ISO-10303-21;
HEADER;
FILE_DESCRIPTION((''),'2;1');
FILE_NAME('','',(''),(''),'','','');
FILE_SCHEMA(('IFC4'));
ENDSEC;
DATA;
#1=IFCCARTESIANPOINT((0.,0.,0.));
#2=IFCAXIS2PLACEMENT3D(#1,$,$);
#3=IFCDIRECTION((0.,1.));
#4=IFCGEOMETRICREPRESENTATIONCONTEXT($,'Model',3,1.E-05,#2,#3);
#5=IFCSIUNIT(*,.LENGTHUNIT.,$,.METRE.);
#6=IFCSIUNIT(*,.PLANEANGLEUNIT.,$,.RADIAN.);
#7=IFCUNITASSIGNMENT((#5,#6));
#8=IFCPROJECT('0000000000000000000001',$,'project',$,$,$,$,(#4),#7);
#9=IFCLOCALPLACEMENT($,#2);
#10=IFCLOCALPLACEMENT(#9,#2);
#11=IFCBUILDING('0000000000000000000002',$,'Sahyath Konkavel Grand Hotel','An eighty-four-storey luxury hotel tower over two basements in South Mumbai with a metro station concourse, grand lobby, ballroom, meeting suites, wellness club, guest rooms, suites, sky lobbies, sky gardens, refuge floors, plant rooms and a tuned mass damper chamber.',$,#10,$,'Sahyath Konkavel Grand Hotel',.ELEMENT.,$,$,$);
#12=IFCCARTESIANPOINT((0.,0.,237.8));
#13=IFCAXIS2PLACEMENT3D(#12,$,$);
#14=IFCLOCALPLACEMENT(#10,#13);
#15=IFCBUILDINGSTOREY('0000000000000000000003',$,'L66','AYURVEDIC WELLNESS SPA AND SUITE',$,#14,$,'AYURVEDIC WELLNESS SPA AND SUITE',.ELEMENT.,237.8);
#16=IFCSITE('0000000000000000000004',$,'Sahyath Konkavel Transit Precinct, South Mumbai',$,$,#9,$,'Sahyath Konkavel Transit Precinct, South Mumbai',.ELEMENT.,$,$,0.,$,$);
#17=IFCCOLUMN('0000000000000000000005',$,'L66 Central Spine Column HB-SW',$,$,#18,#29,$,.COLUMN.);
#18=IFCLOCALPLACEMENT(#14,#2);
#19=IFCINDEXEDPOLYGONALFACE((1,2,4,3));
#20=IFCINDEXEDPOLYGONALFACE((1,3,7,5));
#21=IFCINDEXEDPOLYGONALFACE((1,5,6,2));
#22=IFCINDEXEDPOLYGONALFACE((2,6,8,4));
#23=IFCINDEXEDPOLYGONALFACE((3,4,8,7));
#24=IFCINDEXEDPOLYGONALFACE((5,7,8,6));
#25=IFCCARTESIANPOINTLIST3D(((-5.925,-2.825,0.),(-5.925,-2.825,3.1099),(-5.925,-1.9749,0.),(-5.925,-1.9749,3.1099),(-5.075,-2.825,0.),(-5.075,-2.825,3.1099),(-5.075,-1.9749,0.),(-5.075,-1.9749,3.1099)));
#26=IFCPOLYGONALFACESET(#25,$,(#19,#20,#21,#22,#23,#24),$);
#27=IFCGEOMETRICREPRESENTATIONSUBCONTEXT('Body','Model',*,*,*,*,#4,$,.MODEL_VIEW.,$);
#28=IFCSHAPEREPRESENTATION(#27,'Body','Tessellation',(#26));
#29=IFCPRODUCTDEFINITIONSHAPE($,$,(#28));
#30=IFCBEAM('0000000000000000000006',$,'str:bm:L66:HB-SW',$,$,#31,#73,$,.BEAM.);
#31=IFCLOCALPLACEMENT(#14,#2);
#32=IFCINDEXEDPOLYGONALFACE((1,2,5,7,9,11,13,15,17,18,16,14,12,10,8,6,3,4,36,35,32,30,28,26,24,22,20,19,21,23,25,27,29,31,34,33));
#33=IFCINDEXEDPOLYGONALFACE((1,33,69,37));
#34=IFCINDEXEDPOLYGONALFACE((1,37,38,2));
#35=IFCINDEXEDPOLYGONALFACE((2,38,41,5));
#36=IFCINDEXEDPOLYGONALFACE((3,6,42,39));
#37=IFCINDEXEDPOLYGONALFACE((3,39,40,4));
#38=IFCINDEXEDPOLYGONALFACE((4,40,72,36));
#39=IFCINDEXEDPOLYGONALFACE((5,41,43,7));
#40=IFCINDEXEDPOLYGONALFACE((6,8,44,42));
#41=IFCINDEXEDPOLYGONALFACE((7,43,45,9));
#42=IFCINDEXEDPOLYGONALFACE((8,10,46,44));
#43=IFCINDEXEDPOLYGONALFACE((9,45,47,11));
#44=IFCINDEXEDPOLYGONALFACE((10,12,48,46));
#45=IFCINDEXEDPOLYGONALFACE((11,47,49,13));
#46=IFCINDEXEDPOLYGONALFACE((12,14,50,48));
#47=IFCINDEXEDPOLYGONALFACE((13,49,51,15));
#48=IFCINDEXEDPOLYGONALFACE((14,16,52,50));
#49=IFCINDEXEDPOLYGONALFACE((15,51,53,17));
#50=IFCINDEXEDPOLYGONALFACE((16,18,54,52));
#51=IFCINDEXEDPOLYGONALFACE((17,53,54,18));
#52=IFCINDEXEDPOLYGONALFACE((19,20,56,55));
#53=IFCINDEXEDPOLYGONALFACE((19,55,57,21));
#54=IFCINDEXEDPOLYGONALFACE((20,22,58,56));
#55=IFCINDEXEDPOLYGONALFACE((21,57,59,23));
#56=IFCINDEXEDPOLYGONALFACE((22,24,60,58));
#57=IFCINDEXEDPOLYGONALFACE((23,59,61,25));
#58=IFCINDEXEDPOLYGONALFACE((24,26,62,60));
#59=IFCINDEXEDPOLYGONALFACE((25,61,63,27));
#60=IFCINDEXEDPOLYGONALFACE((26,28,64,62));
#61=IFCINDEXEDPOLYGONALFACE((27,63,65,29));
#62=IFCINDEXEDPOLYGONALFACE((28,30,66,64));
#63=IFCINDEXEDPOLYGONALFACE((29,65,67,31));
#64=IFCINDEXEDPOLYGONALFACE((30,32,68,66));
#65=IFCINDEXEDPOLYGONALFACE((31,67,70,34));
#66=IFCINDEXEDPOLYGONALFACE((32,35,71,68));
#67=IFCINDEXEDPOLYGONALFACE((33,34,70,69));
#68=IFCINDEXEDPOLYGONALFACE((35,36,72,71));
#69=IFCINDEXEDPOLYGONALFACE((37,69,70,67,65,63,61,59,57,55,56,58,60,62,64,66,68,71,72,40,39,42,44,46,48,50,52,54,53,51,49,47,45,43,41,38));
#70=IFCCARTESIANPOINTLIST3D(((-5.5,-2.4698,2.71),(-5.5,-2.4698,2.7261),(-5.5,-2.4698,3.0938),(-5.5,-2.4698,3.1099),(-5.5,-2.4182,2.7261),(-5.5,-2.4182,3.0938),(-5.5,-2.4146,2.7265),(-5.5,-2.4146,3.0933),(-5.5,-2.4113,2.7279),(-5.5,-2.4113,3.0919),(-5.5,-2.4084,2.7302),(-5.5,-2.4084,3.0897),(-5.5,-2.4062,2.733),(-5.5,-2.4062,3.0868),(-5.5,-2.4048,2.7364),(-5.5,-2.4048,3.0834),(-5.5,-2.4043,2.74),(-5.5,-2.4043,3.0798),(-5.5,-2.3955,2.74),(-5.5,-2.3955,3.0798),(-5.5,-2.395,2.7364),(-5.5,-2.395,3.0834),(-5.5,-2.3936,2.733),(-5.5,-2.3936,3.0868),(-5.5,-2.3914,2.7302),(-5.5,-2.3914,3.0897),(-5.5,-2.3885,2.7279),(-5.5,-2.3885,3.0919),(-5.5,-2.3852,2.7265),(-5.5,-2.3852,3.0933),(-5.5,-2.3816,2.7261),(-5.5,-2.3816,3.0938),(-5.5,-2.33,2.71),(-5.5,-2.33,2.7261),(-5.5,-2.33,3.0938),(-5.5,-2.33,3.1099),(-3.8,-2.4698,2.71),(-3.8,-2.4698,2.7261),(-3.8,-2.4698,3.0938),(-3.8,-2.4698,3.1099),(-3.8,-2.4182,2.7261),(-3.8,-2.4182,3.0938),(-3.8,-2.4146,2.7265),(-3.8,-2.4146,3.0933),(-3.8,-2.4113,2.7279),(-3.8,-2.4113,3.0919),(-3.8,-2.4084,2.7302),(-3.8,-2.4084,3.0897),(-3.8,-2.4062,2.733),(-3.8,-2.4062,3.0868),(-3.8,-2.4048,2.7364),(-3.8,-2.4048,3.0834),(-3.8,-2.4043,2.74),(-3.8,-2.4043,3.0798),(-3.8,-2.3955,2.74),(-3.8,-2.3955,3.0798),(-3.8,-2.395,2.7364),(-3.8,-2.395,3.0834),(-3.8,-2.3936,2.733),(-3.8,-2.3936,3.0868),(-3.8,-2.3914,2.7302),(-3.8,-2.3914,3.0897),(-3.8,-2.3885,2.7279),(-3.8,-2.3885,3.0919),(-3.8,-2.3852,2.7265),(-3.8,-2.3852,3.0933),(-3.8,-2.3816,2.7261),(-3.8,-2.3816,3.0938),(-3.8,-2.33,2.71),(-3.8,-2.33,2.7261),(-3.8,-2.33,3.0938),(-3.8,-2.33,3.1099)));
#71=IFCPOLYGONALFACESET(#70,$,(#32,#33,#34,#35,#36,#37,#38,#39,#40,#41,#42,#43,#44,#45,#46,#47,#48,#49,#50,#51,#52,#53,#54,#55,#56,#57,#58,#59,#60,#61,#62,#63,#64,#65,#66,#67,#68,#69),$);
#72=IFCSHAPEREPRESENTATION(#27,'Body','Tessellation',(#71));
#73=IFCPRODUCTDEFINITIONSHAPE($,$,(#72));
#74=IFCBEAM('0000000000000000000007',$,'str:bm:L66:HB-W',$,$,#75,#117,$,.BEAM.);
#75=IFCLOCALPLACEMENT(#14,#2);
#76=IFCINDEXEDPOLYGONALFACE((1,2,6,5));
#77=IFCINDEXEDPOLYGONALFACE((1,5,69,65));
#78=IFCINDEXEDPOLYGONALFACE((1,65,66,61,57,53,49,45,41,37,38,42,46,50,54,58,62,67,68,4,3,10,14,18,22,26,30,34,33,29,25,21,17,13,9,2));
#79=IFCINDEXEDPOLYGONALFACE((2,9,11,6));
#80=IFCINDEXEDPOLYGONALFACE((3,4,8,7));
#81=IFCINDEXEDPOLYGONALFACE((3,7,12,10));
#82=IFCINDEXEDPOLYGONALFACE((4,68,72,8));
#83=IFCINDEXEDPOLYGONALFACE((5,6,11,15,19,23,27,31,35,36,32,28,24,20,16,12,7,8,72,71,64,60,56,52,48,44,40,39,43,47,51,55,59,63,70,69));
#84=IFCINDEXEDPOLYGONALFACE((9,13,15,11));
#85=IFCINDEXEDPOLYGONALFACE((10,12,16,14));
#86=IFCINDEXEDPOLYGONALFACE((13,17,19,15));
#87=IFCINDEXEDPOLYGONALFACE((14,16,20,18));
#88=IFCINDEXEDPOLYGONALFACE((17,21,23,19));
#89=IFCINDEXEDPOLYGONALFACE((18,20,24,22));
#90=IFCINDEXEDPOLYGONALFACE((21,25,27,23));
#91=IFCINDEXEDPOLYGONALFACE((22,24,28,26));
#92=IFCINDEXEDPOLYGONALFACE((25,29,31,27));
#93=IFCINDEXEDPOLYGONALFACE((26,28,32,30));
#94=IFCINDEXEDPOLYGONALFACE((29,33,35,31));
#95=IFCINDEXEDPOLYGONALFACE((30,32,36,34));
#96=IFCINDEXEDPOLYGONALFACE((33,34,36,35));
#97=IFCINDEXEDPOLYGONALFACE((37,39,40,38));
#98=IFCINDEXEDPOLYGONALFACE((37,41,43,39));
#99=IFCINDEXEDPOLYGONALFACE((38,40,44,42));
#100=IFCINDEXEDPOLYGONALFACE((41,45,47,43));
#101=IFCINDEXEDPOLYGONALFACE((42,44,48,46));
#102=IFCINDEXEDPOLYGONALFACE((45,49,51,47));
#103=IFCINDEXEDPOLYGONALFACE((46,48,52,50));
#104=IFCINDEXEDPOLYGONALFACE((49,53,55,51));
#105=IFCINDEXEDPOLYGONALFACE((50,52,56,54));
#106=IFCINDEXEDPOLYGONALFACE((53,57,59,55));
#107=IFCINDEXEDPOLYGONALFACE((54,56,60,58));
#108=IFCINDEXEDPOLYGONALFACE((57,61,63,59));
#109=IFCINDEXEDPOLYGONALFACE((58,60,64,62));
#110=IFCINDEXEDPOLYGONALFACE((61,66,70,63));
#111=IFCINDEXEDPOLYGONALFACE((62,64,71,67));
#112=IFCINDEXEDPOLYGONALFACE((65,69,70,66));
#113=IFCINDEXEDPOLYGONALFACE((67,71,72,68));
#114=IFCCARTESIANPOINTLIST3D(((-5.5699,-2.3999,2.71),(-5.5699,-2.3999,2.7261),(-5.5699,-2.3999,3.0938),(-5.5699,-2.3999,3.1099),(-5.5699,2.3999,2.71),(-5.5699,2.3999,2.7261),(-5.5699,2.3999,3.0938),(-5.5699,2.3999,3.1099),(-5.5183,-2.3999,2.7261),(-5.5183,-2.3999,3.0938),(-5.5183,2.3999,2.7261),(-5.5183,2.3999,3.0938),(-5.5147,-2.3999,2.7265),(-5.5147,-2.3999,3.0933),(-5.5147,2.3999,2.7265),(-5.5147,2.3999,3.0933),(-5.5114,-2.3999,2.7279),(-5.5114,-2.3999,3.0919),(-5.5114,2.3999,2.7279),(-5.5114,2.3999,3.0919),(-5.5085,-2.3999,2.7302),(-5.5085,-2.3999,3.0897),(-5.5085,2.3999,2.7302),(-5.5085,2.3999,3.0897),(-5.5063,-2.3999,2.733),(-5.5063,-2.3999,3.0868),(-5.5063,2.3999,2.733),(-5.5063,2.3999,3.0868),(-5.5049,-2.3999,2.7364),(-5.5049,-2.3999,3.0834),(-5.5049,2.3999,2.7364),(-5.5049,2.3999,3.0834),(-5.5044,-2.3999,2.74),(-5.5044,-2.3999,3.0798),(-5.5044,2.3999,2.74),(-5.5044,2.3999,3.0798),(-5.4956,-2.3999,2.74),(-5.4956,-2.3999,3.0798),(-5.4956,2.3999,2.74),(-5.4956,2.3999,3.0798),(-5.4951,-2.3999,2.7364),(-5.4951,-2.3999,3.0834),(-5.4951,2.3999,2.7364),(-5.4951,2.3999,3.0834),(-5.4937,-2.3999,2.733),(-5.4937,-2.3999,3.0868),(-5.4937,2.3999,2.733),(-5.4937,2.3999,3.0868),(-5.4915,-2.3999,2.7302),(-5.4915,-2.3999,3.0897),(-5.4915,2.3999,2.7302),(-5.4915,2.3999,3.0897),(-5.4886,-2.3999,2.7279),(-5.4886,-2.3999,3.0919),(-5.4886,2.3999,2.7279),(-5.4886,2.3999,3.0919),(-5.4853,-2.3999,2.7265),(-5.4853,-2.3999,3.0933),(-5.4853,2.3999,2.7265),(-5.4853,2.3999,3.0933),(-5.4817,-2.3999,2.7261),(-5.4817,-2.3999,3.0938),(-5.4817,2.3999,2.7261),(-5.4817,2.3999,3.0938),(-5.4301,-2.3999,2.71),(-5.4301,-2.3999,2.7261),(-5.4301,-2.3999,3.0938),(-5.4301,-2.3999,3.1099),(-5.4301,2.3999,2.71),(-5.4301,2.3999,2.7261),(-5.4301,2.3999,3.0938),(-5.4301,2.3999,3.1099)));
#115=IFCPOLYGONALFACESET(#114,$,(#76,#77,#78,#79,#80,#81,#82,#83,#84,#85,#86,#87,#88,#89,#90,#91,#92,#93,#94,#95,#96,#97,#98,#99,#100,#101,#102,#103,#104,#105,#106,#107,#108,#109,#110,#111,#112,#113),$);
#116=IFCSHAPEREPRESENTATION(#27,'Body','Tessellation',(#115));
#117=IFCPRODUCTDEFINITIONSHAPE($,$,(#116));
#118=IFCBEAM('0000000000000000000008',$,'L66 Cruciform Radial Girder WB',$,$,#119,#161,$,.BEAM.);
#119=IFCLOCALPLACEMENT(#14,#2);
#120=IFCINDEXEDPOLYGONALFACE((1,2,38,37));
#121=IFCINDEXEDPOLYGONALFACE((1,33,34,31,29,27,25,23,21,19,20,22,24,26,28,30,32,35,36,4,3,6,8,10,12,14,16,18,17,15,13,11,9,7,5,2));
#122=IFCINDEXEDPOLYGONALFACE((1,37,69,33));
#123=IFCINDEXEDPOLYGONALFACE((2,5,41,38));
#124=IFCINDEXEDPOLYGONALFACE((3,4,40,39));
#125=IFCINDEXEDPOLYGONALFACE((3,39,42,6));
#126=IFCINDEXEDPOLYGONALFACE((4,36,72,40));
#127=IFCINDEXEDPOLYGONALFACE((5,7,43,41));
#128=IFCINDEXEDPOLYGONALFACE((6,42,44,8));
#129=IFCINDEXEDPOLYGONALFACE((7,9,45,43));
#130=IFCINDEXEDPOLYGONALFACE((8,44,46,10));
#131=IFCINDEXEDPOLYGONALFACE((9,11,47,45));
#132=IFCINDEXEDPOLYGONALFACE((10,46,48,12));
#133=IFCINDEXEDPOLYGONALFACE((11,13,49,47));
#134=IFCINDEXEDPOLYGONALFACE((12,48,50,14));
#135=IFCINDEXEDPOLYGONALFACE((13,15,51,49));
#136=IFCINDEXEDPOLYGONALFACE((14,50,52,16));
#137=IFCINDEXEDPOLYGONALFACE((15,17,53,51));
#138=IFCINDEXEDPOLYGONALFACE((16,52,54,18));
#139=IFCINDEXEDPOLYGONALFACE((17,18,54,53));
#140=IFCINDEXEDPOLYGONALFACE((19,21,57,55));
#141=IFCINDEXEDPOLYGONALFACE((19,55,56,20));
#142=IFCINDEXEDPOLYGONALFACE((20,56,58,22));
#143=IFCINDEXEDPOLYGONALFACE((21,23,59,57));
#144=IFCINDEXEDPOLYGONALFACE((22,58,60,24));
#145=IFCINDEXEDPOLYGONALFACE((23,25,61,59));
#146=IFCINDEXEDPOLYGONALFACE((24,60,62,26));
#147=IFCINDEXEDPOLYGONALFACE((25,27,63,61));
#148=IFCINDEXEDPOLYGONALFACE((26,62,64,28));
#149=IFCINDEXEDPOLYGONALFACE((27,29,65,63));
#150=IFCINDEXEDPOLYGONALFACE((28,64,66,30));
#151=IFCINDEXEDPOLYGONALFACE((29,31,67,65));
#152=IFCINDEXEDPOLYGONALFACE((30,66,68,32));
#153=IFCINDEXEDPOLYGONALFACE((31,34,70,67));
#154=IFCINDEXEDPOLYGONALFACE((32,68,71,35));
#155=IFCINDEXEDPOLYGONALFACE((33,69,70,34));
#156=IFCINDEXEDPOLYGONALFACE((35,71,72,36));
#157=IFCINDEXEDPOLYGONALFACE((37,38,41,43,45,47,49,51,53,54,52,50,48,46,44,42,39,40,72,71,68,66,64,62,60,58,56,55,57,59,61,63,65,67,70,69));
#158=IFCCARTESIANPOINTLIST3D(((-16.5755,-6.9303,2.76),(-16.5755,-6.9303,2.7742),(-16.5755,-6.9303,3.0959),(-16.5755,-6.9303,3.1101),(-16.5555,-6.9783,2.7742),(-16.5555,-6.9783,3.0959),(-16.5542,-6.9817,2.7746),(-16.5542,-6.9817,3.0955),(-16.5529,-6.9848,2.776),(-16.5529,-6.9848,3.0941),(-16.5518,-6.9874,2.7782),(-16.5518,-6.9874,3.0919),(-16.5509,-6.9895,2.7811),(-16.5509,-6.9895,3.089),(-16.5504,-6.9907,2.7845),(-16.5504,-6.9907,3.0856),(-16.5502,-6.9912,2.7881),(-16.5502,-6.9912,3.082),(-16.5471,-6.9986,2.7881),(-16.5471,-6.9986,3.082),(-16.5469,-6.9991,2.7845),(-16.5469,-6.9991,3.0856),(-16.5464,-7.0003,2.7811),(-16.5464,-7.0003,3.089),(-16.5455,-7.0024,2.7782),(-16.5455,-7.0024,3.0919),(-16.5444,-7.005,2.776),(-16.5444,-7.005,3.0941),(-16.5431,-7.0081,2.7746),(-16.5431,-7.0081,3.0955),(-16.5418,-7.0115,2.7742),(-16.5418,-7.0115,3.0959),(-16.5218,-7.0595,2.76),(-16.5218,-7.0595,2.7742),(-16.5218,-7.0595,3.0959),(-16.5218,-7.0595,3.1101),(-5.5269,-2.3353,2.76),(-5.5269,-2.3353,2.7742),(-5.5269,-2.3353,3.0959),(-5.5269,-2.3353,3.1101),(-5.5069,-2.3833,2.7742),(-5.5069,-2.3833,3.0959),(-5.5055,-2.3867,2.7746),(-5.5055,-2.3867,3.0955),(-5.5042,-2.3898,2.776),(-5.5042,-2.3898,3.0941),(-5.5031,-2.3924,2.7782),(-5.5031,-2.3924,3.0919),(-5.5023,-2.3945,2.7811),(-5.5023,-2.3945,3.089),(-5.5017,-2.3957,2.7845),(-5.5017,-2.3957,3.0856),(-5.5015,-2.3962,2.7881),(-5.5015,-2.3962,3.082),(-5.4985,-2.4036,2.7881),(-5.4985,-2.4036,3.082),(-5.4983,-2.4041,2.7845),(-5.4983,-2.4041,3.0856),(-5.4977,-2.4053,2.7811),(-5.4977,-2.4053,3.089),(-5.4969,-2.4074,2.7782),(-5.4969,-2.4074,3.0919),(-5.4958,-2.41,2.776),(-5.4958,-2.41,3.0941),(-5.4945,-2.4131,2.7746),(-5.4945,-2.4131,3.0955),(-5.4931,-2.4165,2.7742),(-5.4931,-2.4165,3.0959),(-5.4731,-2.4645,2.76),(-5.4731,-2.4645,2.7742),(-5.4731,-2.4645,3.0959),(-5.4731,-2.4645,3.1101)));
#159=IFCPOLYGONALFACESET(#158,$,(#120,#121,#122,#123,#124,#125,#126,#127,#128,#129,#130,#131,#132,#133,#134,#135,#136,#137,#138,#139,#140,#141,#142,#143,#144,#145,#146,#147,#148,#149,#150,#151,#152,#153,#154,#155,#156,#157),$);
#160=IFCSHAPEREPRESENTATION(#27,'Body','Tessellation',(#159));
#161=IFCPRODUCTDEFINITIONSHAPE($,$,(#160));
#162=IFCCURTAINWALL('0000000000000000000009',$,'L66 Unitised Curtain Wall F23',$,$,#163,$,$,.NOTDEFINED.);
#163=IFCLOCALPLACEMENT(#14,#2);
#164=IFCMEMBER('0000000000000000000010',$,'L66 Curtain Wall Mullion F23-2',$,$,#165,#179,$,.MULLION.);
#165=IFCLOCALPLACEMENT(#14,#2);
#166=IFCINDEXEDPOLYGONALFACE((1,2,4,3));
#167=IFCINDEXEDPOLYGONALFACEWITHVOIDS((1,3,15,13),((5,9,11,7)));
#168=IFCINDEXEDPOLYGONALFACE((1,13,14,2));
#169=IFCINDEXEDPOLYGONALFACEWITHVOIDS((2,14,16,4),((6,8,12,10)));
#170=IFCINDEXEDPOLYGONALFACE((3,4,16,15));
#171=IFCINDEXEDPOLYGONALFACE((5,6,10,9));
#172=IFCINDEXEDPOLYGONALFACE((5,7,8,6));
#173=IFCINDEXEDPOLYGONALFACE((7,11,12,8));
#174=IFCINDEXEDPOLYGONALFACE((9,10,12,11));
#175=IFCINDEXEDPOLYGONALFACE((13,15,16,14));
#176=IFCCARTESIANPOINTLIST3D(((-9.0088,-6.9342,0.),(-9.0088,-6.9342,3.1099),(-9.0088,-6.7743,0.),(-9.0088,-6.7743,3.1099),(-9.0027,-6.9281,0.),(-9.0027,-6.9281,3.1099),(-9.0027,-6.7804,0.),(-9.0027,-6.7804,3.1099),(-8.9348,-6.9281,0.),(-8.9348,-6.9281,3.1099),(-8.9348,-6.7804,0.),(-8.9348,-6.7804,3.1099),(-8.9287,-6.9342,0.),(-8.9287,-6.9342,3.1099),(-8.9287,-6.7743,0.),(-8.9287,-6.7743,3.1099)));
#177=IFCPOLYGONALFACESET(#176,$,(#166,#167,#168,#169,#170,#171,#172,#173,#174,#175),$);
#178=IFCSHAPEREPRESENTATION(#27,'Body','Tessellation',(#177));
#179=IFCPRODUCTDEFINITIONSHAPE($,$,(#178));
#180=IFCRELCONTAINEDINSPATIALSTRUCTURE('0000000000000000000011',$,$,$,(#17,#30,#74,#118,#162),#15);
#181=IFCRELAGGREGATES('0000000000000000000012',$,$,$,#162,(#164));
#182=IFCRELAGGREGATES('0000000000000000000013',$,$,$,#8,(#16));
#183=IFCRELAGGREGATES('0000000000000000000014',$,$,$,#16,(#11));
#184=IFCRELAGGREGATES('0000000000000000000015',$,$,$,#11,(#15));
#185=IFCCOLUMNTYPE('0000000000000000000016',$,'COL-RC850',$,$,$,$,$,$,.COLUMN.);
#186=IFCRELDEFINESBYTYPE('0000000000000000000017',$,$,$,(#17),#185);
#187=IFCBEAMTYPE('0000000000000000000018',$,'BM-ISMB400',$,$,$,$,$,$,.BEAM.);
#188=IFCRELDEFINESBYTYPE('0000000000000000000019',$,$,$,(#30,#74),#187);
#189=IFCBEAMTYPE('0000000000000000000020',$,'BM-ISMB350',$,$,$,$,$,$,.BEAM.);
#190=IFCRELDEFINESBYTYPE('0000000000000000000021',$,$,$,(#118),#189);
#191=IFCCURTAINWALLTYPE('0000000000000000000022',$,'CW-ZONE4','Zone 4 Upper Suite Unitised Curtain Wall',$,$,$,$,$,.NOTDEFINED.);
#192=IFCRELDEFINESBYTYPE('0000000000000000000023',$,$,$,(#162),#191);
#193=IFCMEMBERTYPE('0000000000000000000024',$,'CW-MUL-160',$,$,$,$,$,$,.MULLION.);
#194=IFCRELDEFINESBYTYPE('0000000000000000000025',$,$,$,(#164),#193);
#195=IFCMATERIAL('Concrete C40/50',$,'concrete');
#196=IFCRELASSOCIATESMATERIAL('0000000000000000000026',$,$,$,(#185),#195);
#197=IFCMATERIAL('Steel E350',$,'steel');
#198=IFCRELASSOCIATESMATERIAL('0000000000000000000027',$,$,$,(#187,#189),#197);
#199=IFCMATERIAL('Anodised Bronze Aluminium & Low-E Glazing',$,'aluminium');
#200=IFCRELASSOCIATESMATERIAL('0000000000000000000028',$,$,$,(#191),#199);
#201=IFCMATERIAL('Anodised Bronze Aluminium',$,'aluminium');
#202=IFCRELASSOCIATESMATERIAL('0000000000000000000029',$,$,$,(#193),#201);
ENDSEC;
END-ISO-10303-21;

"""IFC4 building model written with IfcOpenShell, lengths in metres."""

from ifc_helpers import new_model, si_unit, direction, frame, origin, origin_2d, place, context, subcontext, project, spatial, rectangle, hollow_rectangle, i_section, extrude, source, transform, mapped, material, material_profile, profile_set, type_object, element, aggregate, save


model = new_model("IFC4")

# Units and contexts
model_context = context("Model", 3, precision=1e-05, world=origin(), true_north=direction((0.0, 1.0)))
body_context = subcontext(model_context, "Body", "Model", "MODEL_VIEW")
ifc_project = project(units=[si_unit("LENGTHUNIT", "METRE"), si_unit("PLANEANGLEUNIT", "RADIAN")], contexts=[model_context])

# Site, building, storey
site_placement = place(None, origin())
site = spatial("IfcSite", under=ifc_project, at=site_placement, Name="Sahyath Konkavel Transit Precinct, South Mumbai", LongName="Sahyath Konkavel Transit Precinct, South Mumbai", CompositionType="ELEMENT", RefElevation=0.0)
building_placement = place(site_placement, origin())
building = spatial("IfcBuilding", under=site, at=building_placement, Name="Sahyath Konkavel Grand Hotel", Description="An eighty-four-storey luxury hotel tower over two basements in South Mumbai with a metro station concourse, grand lobby, ballroom, meeting suites, wellness club, guest rooms, suites, sky lobbies, sky gardens, refuge floors, plant rooms and a tuned mass damper chamber.", LongName="Sahyath Konkavel Grand Hotel", CompositionType="ELEMENT")
storey_placement = place(building_placement, frame((0.0, 0.0, 237.8)))
storey = spatial("IfcBuildingStorey", under=building, at=storey_placement, Name="L66", Description="AYURVEDIC WELLNESS SPA AND SUITE", LongName="AYURVEDIC WELLNESS SPA AND SUITE", CompositionType="ELEMENT", Elevation=237.8)

# Column
ifc_material_1 = material(Name="Concrete C40/50", Category="concrete")
ifc_material_profile_1 = material_profile(ifc_material_1, rectangle(XDim=0.8501, YDim=0.8501, at=origin_2d()), Name="RC 850x850")
ifc_profile_set_1 = profile_set([ifc_material_profile_1], Name="Concrete C40/50")
column_type = type_object("IfcColumnType", Name="COL-RC850", PredefinedType="COLUMN", material=ifc_profile_set_1)
shared_shape_1 = source(origin(), body_context, "Body", "SweptSolid", [
    extrude(rectangle(XDim=0.8501, YDim=0.8501, at=origin_2d()), origin(), (0.0, 0.0, 1.0), 3.1099),
])
column_placement = place(storey_placement, frame((-5.5, -2.3999, 0.0), z_axis=(0.0, 0.0, 1.0), x_axis=(1.0, 0.0, 0.0)))
element("IfcColumn", 1, at=column_placement, inside=storey, type_object=column_type, Name="L66 Central Spine Column HB-SW", PredefinedType="COLUMN", context=body_context, shape_type="MappedRepresentation", body=[
    mapped(shared_shape_1, transform((0.0, 0.0, 0.0), scale=1.0)),
])

# Beams
ifc_material_2 = material(Name="Steel E350", Category="steel")
ifc_material_profile_2 = material_profile(ifc_material_2, i_section(OverallWidth=0.1399, OverallDepth=0.3999, WebThickness=0.0088, FlangeThickness=0.0161, FilletRadius=0.0139, at=origin_2d()), Name="ISMB 400")
ifc_profile_set_2 = profile_set([ifc_material_profile_2], Name="Steel E350")
beam_type_1 = type_object("IfcBeamType", Name="BM-ISMB400", PredefinedType="BEAM", material=ifc_profile_set_2)
shared_shape_2 = source(origin(), body_context, "Body", "SweptSolid", [
    extrude(i_section(OverallWidth=0.1399, OverallDepth=0.3999, WebThickness=0.0088, FlangeThickness=0.0161, FilletRadius=0.0139, at=origin_2d()), origin(), (0.0, 0.0, 1.0), 1.7),
])
beam_1_placement = place(storey_placement, frame((-5.5, -2.3999, 2.9099), z_axis=(1.0, 0.0, 0.0), x_axis=(0.0, 1.0, 0.0)))
element("IfcBeam", 2, at=beam_1_placement, inside=storey, type_object=beam_type_1, Name="str:bm:L66:HB-SW", PredefinedType="BEAM", context=body_context, shape_type="MappedRepresentation", body=[
    mapped(shared_shape_2, transform((0.0, 0.0, 0.0), scale=1.0)),
])
shared_shape_3 = source(origin(), body_context, "Body", "SweptSolid", [
    extrude(i_section(OverallWidth=0.1399, OverallDepth=0.3999, WebThickness=0.0088, FlangeThickness=0.0161, FilletRadius=0.0139, at=origin_2d()), origin(), (0.0, 0.0, 1.0), 4.7998),
])
beam_2_placement = place(storey_placement, frame((-5.5, -2.3999, 2.9099), z_axis=(0.0, 1.0, 0.0), x_axis=(-1.0, 0.0, 0.0)))
element("IfcBeam", 3, at=beam_2_placement, inside=storey, type_object=beam_type_1, Name="str:bm:L66:HB-W", PredefinedType="BEAM", context=body_context, shape_type="MappedRepresentation", body=[
    mapped(shared_shape_3, transform((0.0, 0.0, 0.0), scale=1.0)),
])
ifc_material_profile_3 = material_profile(ifc_material_2, i_section(OverallWidth=0.1399, OverallDepth=0.3501, WebThickness=0.0081, FlangeThickness=0.0142, FilletRadius=0.0139, at=origin_2d()), Name="ISMB 350")
ifc_profile_set_3 = profile_set([ifc_material_profile_3], Name="Steel E350")
beam_type_2 = type_object("IfcBeamType", Name="BM-ISMB350", PredefinedType="BEAM", material=ifc_profile_set_3)
shared_shape_4 = source(origin(), body_context, "Body", "SweptSolid", [
    extrude(i_section(OverallWidth=0.1399, OverallDepth=0.3501, WebThickness=0.0081, FlangeThickness=0.0142, FilletRadius=0.0139, at=origin_2d()), origin(), (0.0, 0.0, 1.0), 11.9661),
])
beam_3_placement = place(storey_placement, frame((-5.5, -2.3999, 2.9351), z_axis=(-0.923332, -0.384002, 0.0), x_axis=(0.384002, -0.923332, 0.0)))
element("IfcBeam", 4, at=beam_3_placement, inside=storey, type_object=beam_type_2, Name="L66 Cruciform Radial Girder WB", PredefinedType="BEAM", context=body_context, shape_type="MappedRepresentation", body=[
    mapped(shared_shape_4, transform((0.0, 0.0, 0.0), scale=1.0)),
])

# Curtain wall, member
ifc_material_3 = material(Name="Anodised Bronze Aluminium & Low-E Glazing", Category="aluminium")
curtain_wall_type = type_object("IfcCurtainWallType", Name="CW-ZONE4", Description="Zone 4 Upper Suite Unitised Curtain Wall", PredefinedType="NOTDEFINED", material=ifc_material_3)
curtain_wall_1_placement = place(storey_placement, origin())
curtain_wall_1 = element("IfcCurtainWall", 5, at=curtain_wall_1_placement, inside=storey, type_object=curtain_wall_type, Name="L66 Unitised Curtain Wall F23", PredefinedType="NOTDEFINED")
ifc_material_4 = material(Name="Anodised Bronze Aluminium", Category="aluminium")
ifc_material_profile_4 = material_profile(ifc_material_4, hollow_rectangle(XDim=0.0801, YDim=0.1599, WallThickness=0.0061, at=origin_2d()), Name="RHS 160x80x6")
ifc_profile_set_4 = profile_set([ifc_material_profile_4], Name="Anodised Bronze Aluminium")
member_type_1 = type_object("IfcMemberType", Name="CW-MUL-160", PredefinedType="MULLION", material=ifc_profile_set_4)
shared_shape_5 = source(origin(), body_context, "Body", "SweptSolid", [
    extrude(hollow_rectangle(XDim=0.0801, YDim=0.1599, WallThickness=0.0061, at=origin_2d()), origin(), (0.0, 0.0, 1.0), 3.1099),
])
member_1_placement = place(storey_placement, frame((-8.9688, -6.8542, 0.0), z_axis=(0.0, 0.0, 1.0), x_axis=(1.0, 0.0, 0.0)))
member_1 = element("IfcMember", 6, at=member_1_placement, type_object=member_type_1, Name="L66 Curtain Wall Mullion F23-2", PredefinedType="MULLION", context=body_context, shape_type="MappedRepresentation", body=[
    mapped(shared_shape_5, transform((0.0, 0.0, 0.0), scale=1.0)),
])

aggregate(curtain_wall_1, [member_1])

save(model, "model.ifc")
